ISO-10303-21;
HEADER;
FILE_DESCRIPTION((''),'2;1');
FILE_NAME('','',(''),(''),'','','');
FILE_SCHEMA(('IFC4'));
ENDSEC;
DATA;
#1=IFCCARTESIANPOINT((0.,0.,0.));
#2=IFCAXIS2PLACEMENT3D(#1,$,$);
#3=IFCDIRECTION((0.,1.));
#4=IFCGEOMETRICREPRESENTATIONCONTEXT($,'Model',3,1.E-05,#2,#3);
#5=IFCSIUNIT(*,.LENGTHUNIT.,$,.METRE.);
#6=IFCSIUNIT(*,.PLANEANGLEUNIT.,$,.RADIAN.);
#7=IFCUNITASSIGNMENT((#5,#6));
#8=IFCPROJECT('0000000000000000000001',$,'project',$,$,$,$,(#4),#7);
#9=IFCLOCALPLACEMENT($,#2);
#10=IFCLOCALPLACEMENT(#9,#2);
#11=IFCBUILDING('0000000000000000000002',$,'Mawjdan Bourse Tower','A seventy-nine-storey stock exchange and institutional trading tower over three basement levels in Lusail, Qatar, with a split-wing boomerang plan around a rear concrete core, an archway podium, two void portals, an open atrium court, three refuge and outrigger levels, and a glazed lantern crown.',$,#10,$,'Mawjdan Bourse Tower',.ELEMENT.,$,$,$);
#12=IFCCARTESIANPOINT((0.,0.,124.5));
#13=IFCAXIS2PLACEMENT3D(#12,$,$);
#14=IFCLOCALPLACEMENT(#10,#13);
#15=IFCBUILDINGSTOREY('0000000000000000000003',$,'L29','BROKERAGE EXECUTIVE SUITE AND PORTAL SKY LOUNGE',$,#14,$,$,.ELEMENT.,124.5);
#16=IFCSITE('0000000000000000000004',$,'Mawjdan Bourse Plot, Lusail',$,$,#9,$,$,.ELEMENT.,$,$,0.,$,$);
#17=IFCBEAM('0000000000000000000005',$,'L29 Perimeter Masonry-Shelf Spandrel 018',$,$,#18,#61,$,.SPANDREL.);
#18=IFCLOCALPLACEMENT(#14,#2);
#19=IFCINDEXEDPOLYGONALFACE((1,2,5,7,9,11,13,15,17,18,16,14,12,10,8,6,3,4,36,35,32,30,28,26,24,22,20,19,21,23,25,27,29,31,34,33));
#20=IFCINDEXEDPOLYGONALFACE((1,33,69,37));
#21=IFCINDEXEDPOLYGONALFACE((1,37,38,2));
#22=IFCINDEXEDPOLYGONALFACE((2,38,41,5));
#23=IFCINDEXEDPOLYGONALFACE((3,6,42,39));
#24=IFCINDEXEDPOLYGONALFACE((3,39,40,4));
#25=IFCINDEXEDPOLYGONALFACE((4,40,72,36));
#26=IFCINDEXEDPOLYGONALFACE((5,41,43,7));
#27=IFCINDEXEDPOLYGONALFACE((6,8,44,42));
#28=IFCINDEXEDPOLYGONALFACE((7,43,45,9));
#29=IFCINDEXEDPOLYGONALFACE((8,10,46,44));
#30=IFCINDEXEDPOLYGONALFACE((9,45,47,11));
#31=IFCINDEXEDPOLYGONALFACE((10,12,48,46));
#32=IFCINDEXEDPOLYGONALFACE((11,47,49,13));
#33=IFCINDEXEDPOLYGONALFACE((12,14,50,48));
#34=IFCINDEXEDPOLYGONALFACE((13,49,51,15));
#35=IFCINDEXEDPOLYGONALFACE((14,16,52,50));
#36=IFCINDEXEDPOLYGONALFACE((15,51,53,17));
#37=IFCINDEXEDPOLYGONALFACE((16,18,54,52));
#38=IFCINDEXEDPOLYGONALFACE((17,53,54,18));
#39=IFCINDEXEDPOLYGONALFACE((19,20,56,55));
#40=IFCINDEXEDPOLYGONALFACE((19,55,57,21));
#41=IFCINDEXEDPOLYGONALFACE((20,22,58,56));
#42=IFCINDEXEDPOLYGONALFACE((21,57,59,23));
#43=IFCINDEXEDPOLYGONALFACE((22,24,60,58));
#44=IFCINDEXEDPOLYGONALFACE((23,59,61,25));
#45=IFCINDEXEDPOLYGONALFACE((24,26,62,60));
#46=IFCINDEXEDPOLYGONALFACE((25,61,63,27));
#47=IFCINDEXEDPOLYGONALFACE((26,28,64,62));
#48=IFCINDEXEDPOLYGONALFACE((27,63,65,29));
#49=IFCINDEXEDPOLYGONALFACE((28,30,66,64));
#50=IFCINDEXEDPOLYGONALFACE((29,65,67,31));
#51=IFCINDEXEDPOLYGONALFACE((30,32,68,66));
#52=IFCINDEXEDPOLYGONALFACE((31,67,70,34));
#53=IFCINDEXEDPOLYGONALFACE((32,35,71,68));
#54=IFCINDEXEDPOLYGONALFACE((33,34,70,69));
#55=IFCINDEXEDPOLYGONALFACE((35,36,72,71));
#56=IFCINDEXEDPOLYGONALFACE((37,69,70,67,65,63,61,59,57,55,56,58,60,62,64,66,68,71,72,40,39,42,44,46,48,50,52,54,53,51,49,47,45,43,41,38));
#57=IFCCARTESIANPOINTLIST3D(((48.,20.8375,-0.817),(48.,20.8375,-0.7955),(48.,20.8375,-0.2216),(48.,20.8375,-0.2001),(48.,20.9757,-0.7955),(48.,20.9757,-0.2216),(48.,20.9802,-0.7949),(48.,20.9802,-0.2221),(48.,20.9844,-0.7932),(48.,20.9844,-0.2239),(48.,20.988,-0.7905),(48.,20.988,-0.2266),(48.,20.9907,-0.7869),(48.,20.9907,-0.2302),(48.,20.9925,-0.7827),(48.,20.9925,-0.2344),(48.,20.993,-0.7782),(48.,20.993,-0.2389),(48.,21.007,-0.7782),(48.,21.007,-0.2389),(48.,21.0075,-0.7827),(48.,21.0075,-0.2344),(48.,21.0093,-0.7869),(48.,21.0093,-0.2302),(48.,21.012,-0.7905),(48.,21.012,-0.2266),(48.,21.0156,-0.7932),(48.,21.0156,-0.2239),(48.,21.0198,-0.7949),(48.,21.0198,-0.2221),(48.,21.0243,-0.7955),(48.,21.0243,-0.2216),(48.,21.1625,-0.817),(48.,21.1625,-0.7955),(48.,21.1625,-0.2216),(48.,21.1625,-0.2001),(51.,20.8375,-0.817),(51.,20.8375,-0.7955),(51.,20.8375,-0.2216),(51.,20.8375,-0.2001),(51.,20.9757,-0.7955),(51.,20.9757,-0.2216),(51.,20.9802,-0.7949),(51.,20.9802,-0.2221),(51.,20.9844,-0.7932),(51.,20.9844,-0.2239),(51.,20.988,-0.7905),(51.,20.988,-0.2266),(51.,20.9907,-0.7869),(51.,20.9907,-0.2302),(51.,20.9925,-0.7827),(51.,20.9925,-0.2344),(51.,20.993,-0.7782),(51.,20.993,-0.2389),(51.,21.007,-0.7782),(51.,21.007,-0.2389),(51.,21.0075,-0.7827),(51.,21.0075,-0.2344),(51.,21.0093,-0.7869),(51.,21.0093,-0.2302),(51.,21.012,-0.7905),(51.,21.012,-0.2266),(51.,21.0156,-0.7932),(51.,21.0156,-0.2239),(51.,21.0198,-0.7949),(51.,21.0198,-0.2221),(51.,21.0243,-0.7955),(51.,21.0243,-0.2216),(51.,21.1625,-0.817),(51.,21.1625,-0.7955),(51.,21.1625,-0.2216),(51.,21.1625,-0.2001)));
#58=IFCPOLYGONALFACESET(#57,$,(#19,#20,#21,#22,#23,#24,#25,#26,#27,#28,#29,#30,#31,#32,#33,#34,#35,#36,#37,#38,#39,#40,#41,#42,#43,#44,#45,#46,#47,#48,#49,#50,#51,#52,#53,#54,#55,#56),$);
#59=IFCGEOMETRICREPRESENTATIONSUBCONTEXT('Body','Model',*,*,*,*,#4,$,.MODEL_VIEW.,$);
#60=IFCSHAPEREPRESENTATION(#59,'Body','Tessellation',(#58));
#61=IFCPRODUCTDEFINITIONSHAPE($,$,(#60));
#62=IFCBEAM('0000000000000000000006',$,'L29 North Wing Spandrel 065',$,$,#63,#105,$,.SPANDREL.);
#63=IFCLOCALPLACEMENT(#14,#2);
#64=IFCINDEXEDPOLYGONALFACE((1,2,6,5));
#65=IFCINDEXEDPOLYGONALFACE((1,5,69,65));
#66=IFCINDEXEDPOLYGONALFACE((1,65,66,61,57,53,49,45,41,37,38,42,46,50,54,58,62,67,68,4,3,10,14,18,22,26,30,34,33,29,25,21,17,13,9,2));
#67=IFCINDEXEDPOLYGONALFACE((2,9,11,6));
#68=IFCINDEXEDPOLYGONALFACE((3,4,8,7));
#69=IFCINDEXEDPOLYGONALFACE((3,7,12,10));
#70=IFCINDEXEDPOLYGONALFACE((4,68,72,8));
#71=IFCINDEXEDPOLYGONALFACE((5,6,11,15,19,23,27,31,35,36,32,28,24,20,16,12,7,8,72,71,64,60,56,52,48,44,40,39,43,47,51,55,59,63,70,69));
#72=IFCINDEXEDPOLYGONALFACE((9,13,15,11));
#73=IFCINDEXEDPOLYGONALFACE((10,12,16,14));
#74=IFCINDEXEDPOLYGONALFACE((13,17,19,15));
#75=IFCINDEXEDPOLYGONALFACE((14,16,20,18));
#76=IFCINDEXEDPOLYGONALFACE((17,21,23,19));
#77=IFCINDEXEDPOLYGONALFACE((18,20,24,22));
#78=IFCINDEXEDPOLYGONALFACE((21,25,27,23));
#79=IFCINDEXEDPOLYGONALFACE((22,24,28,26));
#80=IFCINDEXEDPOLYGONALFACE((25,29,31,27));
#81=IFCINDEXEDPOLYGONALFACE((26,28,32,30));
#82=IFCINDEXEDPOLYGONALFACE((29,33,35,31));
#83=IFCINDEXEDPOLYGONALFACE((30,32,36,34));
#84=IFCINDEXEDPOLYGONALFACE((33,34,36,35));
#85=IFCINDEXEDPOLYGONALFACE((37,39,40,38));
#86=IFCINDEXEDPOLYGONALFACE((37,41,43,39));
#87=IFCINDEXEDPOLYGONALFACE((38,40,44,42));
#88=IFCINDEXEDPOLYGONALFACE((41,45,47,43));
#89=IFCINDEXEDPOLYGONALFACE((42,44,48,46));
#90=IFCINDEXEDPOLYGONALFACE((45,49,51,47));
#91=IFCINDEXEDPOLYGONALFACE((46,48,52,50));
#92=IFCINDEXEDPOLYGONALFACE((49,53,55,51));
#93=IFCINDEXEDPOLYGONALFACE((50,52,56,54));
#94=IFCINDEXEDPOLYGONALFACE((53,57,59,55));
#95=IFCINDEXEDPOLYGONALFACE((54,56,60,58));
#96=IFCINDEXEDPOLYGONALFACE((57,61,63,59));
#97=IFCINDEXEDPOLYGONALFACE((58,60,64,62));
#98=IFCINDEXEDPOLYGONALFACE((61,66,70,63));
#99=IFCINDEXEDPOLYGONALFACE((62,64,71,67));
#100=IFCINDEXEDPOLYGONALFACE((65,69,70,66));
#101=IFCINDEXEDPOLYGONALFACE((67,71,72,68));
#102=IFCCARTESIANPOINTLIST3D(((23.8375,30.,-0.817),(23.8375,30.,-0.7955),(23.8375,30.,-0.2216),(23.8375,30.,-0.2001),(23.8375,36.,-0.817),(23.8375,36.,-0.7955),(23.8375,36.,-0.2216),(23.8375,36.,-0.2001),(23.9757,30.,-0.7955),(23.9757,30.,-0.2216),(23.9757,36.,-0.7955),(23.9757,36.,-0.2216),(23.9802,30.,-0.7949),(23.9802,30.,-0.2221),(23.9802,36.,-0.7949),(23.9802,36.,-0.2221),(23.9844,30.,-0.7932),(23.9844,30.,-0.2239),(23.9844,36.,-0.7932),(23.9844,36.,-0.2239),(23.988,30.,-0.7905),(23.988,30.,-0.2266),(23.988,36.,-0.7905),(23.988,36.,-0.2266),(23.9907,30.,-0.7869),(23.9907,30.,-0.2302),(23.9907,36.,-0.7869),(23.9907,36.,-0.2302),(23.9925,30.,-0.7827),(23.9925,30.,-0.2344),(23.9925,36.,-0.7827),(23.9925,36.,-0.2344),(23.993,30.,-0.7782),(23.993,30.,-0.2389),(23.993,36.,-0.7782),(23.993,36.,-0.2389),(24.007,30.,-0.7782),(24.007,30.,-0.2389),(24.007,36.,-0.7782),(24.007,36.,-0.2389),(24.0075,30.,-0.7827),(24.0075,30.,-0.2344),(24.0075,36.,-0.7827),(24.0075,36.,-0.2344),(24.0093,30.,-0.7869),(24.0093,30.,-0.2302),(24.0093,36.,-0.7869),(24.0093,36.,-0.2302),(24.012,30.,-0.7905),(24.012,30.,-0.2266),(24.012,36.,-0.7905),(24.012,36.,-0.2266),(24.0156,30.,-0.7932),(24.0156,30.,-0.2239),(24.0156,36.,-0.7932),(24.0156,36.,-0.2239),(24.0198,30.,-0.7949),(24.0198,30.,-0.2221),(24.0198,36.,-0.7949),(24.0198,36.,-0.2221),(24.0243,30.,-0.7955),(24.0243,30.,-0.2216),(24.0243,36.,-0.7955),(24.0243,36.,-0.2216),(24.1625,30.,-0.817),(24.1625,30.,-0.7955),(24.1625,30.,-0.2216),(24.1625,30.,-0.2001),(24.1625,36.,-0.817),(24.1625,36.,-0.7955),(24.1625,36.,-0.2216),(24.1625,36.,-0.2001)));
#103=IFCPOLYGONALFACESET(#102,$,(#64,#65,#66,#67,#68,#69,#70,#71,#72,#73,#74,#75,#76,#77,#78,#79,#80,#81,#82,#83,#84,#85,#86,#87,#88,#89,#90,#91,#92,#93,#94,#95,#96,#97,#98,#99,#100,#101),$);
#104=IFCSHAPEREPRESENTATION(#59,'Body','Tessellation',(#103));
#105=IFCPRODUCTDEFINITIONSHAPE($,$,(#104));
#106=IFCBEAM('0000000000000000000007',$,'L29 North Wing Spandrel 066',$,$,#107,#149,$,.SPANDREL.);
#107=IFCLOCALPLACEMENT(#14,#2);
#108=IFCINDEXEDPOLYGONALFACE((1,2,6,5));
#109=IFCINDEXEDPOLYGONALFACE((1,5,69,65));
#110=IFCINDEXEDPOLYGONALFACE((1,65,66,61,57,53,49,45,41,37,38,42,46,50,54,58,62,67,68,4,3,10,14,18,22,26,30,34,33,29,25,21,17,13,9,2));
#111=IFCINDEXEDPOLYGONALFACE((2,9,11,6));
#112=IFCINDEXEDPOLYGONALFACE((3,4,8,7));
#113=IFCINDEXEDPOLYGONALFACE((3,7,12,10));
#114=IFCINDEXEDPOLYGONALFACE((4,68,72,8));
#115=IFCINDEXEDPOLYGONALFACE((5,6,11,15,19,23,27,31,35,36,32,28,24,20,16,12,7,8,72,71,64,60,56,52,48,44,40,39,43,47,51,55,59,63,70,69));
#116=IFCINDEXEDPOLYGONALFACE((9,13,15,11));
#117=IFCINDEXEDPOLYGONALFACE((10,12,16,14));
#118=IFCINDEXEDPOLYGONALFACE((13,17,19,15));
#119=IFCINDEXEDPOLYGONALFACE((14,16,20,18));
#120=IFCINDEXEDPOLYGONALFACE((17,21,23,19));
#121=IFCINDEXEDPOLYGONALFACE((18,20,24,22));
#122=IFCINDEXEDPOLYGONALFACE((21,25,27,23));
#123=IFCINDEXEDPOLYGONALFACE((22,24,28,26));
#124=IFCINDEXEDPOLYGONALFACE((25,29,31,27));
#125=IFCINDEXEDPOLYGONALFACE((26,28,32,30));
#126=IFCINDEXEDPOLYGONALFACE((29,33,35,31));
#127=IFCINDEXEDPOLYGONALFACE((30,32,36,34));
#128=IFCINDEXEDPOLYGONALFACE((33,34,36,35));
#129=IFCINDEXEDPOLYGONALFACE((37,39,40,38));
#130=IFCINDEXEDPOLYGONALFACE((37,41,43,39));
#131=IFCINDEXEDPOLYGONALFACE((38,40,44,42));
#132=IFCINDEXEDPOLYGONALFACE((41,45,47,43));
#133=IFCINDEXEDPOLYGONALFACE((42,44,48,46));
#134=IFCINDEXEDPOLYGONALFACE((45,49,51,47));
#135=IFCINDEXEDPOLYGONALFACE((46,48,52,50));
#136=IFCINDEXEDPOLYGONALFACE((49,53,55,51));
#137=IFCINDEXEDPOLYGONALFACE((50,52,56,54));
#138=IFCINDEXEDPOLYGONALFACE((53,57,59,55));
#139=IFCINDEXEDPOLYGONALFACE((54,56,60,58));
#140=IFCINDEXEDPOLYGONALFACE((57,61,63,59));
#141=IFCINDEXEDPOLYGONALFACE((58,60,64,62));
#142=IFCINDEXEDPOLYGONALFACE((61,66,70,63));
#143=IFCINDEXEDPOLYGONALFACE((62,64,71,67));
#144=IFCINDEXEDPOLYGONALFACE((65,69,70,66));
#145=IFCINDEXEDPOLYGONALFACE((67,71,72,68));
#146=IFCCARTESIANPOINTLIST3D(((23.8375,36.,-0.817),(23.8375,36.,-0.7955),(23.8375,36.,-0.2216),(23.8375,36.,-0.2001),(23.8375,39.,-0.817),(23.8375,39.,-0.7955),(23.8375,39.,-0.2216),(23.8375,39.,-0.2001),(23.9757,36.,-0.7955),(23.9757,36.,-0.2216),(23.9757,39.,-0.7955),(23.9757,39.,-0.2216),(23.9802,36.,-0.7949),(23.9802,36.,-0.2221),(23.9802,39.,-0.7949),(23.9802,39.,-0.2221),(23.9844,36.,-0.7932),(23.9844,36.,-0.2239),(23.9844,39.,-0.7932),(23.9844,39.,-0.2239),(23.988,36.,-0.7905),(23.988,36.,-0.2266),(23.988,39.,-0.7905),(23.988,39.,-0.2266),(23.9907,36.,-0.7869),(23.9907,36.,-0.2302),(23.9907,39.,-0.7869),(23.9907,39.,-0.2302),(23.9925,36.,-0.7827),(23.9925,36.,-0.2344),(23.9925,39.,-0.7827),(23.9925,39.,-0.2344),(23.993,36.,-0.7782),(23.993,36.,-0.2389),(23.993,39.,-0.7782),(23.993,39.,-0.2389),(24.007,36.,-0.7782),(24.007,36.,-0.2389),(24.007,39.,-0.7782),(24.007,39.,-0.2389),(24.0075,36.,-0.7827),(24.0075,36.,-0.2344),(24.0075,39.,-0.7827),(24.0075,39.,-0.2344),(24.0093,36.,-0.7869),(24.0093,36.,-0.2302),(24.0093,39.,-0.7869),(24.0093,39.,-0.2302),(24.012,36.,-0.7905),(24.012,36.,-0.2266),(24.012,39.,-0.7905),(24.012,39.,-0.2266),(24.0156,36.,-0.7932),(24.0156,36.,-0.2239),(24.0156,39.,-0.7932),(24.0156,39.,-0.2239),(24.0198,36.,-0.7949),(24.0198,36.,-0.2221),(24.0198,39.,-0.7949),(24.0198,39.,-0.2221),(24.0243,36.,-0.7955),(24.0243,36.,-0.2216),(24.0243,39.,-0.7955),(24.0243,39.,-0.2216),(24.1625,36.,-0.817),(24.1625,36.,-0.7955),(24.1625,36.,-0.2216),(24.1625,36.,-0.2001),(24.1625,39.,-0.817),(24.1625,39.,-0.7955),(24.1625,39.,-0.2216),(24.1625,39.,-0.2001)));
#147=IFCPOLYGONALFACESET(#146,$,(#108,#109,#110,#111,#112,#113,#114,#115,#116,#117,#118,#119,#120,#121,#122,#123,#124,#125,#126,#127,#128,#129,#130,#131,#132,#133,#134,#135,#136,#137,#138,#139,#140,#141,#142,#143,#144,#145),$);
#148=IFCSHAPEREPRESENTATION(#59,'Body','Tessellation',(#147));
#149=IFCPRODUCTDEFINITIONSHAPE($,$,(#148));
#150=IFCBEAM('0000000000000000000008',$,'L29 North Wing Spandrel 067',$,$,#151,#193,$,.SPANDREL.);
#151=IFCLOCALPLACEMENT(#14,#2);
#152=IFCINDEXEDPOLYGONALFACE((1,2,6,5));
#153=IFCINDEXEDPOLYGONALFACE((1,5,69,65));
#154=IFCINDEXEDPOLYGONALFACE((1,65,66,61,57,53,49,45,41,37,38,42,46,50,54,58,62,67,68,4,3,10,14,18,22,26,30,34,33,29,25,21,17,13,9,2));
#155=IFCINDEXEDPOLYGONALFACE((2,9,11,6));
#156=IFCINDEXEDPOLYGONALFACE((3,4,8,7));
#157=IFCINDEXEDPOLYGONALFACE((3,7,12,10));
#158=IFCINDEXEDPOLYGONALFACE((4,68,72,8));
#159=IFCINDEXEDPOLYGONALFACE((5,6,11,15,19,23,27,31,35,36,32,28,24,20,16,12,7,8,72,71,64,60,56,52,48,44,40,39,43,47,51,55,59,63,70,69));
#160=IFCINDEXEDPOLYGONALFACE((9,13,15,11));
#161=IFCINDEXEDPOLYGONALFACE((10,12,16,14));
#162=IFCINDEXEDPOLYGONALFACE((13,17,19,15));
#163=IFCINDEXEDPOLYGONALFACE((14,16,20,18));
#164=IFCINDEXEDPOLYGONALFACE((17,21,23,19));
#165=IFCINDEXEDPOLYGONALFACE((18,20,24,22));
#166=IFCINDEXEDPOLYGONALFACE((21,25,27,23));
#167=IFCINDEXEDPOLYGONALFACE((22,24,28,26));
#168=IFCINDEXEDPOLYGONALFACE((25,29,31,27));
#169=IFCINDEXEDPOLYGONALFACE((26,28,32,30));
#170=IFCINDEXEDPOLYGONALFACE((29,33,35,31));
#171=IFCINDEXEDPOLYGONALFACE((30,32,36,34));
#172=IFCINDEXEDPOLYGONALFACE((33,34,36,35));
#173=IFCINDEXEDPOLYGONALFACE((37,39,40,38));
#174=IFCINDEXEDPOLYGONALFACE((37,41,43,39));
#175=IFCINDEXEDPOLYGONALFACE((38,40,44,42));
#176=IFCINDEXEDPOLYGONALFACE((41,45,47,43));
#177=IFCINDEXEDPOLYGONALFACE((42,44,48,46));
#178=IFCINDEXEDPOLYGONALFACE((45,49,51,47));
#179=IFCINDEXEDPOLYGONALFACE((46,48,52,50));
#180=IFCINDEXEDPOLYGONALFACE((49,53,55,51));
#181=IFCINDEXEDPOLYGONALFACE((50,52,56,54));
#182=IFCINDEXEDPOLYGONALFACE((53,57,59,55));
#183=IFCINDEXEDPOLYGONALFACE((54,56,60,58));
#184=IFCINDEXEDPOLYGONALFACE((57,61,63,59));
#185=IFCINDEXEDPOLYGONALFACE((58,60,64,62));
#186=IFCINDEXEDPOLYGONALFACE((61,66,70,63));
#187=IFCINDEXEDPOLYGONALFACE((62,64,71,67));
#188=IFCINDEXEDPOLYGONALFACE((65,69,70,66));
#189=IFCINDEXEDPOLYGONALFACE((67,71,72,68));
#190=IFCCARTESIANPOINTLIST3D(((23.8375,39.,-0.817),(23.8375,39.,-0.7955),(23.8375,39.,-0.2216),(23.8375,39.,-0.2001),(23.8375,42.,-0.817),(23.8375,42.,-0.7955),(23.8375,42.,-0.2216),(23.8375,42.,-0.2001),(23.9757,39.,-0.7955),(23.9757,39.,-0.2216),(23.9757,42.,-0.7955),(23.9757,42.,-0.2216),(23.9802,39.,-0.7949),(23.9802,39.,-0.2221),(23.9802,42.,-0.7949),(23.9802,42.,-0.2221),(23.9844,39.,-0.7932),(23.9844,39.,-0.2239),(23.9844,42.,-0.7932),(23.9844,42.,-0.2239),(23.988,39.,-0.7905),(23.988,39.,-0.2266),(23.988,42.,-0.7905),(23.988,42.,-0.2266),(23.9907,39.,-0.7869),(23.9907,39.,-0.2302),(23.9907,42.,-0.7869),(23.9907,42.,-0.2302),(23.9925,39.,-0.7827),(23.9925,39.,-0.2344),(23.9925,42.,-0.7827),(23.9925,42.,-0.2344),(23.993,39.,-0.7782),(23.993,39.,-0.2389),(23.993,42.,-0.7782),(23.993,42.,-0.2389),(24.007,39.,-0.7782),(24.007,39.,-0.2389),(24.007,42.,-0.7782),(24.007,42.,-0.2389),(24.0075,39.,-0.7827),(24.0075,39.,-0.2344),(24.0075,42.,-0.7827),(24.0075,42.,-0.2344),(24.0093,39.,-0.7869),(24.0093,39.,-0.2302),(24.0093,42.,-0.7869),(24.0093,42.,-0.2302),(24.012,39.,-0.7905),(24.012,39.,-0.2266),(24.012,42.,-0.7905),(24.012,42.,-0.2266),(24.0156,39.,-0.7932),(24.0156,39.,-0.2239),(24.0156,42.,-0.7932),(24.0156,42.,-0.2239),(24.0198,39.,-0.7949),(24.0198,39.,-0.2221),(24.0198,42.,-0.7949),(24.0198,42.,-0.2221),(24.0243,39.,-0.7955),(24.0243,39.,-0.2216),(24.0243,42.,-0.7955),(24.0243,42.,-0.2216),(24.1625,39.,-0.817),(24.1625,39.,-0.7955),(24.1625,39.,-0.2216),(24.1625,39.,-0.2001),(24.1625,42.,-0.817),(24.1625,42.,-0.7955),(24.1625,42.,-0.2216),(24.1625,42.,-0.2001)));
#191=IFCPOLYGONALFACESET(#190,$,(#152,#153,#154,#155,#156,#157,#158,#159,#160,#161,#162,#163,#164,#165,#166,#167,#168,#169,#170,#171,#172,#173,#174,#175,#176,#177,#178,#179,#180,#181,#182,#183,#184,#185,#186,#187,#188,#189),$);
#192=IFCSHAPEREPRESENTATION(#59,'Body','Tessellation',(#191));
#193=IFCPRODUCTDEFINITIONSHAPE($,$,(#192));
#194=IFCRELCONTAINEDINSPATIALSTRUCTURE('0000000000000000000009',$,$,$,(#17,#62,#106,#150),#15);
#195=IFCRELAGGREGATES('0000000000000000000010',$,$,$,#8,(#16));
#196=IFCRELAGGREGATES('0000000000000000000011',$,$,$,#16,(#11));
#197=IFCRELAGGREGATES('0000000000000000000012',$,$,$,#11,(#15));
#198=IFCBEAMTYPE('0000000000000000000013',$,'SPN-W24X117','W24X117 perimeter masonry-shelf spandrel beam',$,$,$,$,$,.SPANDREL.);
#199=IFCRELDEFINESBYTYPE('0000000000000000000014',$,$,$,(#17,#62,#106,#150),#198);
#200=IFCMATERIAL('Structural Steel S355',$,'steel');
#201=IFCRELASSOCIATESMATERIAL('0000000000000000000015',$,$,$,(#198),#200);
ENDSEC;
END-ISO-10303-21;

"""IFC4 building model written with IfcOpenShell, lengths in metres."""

from ifc_helpers import new_model, si_unit, direction, frame, origin, origin_2d, place, context, subcontext, project, spatial, i_section, extrude, material, material_profile, profile_set, type_object, element, save


model = new_model("IFC4")

# Units and contexts
model_context = context("Model", 3, precision=1e-05, world=origin(), true_north=direction((0.0, 1.0)))
body_context = subcontext(model_context, "Body", "Model", "MODEL_VIEW")
ifc_project = project(units=[si_unit("LENGTHUNIT", "METRE"), si_unit("PLANEANGLEUNIT", "RADIAN")], contexts=[model_context])

# Site, building, storey
site_placement = place(None, origin())
site = spatial("IfcSite", under=ifc_project, at=site_placement, Name="Mawjdan Bourse Plot, Lusail", CompositionType="ELEMENT", RefElevation=0.0)
building_placement = place(site_placement, origin())
building = spatial("IfcBuilding", under=site, at=building_placement, Name="Mawjdan Bourse Tower", Description="A seventy-nine-storey stock exchange and institutional trading tower over three basement levels in Lusail, Qatar, with a split-wing boomerang plan around a rear concrete core, an archway podium, two void portals, an open atrium court, three refuge and outrigger levels, and a glazed lantern crown.", LongName="Mawjdan Bourse Tower", CompositionType="ELEMENT")
storey_placement = place(building_placement, frame((0.0, 0.0, 124.5)))
storey = spatial("IfcBuildingStorey", under=building, at=storey_placement, Name="L29", Description="BROKERAGE EXECUTIVE SUITE AND PORTAL SKY LOUNGE", CompositionType="ELEMENT", Elevation=124.5)

# Shared definitions
ifc_material_1 = material(Name="Structural Steel S355", Category="steel")

# Beams
ifc_material_profile_1 = material_profile(ifc_material_1, i_section(OverallWidth=0.325, OverallDepth=0.6169, WebThickness=0.0139, FlangeThickness=0.0215, FilletRadius=0.0173, at=origin_2d()), Name="W24X117")
ifc_profile_set_1 = profile_set([ifc_material_profile_1], Name="Structural Steel S355")
beam_type_1 = type_object("IfcBeamType", Name="SPN-W24X117", Description="W24X117 perimeter masonry-shelf spandrel beam", PredefinedType="SPANDREL", material=ifc_profile_set_1)
beam_1_placement = place(storey_placement, frame((48.0, 21.0, -0.5085), z_axis=(1.0, 0.0, 0.0), x_axis=(0.0, 1.0, 0.0)))
element("IfcBeam", 1, at=beam_1_placement, inside=storey, type_object=beam_type_1, Name="L29 Perimeter Masonry-Shelf Spandrel 018", PredefinedType="SPANDREL", context=body_context, shape_type="SweptSolid", body=[
    extrude(i_section(OverallWidth=0.325, OverallDepth=0.6169, WebThickness=0.0139, FlangeThickness=0.0215, FilletRadius=0.0173, at=origin_2d()), origin(), (0.0, 0.0, 1.0), 3.0),
])
beam_2_placement = place(storey_placement, frame((24.0, 30.0, -0.5085), z_axis=(0.0, 1.0, 0.0), x_axis=(-1.0, 0.0, 0.0)))
element("IfcBeam", 2, at=beam_2_placement, inside=storey, type_object=beam_type_1, Name="L29 North Wing Spandrel 065", PredefinedType="SPANDREL", context=body_context, shape_type="SweptSolid", body=[
    extrude(i_section(OverallWidth=0.325, OverallDepth=0.6169, WebThickness=0.0139, FlangeThickness=0.0215, FilletRadius=0.0173, at=origin_2d()), origin(), (0.0, 0.0, 1.0), 6.0),
])
for number, where, z_axis, x_axis, name in (
    (3, (24.0, 36.0, -0.5085), (0.0, 1.0, 0.0), (-1.0, 0.0, 0.0), "L29 North Wing Spandrel 066"),
    (4, (24.0, 39.0, -0.5085), (0.0, 1.0, 0.0), (-1.0, 0.0, 0.0), "L29 North Wing Spandrel 067"),
):
    element("IfcBeam", number, at=place(storey_placement, frame(where, z_axis=z_axis, x_axis=x_axis)), inside=storey, type_object=beam_type_1, Name=name, PredefinedType="SPANDREL", context=body_context, shape_type="SweptSolid", body=[
        extrude(i_section(OverallWidth=0.325, OverallDepth=0.6169, WebThickness=0.0139, FlangeThickness=0.0215, FilletRadius=0.0173, at=origin_2d()), origin(), (0.0, 0.0, 1.0), 3.0),
    ])

save(model, "model.ifc")
